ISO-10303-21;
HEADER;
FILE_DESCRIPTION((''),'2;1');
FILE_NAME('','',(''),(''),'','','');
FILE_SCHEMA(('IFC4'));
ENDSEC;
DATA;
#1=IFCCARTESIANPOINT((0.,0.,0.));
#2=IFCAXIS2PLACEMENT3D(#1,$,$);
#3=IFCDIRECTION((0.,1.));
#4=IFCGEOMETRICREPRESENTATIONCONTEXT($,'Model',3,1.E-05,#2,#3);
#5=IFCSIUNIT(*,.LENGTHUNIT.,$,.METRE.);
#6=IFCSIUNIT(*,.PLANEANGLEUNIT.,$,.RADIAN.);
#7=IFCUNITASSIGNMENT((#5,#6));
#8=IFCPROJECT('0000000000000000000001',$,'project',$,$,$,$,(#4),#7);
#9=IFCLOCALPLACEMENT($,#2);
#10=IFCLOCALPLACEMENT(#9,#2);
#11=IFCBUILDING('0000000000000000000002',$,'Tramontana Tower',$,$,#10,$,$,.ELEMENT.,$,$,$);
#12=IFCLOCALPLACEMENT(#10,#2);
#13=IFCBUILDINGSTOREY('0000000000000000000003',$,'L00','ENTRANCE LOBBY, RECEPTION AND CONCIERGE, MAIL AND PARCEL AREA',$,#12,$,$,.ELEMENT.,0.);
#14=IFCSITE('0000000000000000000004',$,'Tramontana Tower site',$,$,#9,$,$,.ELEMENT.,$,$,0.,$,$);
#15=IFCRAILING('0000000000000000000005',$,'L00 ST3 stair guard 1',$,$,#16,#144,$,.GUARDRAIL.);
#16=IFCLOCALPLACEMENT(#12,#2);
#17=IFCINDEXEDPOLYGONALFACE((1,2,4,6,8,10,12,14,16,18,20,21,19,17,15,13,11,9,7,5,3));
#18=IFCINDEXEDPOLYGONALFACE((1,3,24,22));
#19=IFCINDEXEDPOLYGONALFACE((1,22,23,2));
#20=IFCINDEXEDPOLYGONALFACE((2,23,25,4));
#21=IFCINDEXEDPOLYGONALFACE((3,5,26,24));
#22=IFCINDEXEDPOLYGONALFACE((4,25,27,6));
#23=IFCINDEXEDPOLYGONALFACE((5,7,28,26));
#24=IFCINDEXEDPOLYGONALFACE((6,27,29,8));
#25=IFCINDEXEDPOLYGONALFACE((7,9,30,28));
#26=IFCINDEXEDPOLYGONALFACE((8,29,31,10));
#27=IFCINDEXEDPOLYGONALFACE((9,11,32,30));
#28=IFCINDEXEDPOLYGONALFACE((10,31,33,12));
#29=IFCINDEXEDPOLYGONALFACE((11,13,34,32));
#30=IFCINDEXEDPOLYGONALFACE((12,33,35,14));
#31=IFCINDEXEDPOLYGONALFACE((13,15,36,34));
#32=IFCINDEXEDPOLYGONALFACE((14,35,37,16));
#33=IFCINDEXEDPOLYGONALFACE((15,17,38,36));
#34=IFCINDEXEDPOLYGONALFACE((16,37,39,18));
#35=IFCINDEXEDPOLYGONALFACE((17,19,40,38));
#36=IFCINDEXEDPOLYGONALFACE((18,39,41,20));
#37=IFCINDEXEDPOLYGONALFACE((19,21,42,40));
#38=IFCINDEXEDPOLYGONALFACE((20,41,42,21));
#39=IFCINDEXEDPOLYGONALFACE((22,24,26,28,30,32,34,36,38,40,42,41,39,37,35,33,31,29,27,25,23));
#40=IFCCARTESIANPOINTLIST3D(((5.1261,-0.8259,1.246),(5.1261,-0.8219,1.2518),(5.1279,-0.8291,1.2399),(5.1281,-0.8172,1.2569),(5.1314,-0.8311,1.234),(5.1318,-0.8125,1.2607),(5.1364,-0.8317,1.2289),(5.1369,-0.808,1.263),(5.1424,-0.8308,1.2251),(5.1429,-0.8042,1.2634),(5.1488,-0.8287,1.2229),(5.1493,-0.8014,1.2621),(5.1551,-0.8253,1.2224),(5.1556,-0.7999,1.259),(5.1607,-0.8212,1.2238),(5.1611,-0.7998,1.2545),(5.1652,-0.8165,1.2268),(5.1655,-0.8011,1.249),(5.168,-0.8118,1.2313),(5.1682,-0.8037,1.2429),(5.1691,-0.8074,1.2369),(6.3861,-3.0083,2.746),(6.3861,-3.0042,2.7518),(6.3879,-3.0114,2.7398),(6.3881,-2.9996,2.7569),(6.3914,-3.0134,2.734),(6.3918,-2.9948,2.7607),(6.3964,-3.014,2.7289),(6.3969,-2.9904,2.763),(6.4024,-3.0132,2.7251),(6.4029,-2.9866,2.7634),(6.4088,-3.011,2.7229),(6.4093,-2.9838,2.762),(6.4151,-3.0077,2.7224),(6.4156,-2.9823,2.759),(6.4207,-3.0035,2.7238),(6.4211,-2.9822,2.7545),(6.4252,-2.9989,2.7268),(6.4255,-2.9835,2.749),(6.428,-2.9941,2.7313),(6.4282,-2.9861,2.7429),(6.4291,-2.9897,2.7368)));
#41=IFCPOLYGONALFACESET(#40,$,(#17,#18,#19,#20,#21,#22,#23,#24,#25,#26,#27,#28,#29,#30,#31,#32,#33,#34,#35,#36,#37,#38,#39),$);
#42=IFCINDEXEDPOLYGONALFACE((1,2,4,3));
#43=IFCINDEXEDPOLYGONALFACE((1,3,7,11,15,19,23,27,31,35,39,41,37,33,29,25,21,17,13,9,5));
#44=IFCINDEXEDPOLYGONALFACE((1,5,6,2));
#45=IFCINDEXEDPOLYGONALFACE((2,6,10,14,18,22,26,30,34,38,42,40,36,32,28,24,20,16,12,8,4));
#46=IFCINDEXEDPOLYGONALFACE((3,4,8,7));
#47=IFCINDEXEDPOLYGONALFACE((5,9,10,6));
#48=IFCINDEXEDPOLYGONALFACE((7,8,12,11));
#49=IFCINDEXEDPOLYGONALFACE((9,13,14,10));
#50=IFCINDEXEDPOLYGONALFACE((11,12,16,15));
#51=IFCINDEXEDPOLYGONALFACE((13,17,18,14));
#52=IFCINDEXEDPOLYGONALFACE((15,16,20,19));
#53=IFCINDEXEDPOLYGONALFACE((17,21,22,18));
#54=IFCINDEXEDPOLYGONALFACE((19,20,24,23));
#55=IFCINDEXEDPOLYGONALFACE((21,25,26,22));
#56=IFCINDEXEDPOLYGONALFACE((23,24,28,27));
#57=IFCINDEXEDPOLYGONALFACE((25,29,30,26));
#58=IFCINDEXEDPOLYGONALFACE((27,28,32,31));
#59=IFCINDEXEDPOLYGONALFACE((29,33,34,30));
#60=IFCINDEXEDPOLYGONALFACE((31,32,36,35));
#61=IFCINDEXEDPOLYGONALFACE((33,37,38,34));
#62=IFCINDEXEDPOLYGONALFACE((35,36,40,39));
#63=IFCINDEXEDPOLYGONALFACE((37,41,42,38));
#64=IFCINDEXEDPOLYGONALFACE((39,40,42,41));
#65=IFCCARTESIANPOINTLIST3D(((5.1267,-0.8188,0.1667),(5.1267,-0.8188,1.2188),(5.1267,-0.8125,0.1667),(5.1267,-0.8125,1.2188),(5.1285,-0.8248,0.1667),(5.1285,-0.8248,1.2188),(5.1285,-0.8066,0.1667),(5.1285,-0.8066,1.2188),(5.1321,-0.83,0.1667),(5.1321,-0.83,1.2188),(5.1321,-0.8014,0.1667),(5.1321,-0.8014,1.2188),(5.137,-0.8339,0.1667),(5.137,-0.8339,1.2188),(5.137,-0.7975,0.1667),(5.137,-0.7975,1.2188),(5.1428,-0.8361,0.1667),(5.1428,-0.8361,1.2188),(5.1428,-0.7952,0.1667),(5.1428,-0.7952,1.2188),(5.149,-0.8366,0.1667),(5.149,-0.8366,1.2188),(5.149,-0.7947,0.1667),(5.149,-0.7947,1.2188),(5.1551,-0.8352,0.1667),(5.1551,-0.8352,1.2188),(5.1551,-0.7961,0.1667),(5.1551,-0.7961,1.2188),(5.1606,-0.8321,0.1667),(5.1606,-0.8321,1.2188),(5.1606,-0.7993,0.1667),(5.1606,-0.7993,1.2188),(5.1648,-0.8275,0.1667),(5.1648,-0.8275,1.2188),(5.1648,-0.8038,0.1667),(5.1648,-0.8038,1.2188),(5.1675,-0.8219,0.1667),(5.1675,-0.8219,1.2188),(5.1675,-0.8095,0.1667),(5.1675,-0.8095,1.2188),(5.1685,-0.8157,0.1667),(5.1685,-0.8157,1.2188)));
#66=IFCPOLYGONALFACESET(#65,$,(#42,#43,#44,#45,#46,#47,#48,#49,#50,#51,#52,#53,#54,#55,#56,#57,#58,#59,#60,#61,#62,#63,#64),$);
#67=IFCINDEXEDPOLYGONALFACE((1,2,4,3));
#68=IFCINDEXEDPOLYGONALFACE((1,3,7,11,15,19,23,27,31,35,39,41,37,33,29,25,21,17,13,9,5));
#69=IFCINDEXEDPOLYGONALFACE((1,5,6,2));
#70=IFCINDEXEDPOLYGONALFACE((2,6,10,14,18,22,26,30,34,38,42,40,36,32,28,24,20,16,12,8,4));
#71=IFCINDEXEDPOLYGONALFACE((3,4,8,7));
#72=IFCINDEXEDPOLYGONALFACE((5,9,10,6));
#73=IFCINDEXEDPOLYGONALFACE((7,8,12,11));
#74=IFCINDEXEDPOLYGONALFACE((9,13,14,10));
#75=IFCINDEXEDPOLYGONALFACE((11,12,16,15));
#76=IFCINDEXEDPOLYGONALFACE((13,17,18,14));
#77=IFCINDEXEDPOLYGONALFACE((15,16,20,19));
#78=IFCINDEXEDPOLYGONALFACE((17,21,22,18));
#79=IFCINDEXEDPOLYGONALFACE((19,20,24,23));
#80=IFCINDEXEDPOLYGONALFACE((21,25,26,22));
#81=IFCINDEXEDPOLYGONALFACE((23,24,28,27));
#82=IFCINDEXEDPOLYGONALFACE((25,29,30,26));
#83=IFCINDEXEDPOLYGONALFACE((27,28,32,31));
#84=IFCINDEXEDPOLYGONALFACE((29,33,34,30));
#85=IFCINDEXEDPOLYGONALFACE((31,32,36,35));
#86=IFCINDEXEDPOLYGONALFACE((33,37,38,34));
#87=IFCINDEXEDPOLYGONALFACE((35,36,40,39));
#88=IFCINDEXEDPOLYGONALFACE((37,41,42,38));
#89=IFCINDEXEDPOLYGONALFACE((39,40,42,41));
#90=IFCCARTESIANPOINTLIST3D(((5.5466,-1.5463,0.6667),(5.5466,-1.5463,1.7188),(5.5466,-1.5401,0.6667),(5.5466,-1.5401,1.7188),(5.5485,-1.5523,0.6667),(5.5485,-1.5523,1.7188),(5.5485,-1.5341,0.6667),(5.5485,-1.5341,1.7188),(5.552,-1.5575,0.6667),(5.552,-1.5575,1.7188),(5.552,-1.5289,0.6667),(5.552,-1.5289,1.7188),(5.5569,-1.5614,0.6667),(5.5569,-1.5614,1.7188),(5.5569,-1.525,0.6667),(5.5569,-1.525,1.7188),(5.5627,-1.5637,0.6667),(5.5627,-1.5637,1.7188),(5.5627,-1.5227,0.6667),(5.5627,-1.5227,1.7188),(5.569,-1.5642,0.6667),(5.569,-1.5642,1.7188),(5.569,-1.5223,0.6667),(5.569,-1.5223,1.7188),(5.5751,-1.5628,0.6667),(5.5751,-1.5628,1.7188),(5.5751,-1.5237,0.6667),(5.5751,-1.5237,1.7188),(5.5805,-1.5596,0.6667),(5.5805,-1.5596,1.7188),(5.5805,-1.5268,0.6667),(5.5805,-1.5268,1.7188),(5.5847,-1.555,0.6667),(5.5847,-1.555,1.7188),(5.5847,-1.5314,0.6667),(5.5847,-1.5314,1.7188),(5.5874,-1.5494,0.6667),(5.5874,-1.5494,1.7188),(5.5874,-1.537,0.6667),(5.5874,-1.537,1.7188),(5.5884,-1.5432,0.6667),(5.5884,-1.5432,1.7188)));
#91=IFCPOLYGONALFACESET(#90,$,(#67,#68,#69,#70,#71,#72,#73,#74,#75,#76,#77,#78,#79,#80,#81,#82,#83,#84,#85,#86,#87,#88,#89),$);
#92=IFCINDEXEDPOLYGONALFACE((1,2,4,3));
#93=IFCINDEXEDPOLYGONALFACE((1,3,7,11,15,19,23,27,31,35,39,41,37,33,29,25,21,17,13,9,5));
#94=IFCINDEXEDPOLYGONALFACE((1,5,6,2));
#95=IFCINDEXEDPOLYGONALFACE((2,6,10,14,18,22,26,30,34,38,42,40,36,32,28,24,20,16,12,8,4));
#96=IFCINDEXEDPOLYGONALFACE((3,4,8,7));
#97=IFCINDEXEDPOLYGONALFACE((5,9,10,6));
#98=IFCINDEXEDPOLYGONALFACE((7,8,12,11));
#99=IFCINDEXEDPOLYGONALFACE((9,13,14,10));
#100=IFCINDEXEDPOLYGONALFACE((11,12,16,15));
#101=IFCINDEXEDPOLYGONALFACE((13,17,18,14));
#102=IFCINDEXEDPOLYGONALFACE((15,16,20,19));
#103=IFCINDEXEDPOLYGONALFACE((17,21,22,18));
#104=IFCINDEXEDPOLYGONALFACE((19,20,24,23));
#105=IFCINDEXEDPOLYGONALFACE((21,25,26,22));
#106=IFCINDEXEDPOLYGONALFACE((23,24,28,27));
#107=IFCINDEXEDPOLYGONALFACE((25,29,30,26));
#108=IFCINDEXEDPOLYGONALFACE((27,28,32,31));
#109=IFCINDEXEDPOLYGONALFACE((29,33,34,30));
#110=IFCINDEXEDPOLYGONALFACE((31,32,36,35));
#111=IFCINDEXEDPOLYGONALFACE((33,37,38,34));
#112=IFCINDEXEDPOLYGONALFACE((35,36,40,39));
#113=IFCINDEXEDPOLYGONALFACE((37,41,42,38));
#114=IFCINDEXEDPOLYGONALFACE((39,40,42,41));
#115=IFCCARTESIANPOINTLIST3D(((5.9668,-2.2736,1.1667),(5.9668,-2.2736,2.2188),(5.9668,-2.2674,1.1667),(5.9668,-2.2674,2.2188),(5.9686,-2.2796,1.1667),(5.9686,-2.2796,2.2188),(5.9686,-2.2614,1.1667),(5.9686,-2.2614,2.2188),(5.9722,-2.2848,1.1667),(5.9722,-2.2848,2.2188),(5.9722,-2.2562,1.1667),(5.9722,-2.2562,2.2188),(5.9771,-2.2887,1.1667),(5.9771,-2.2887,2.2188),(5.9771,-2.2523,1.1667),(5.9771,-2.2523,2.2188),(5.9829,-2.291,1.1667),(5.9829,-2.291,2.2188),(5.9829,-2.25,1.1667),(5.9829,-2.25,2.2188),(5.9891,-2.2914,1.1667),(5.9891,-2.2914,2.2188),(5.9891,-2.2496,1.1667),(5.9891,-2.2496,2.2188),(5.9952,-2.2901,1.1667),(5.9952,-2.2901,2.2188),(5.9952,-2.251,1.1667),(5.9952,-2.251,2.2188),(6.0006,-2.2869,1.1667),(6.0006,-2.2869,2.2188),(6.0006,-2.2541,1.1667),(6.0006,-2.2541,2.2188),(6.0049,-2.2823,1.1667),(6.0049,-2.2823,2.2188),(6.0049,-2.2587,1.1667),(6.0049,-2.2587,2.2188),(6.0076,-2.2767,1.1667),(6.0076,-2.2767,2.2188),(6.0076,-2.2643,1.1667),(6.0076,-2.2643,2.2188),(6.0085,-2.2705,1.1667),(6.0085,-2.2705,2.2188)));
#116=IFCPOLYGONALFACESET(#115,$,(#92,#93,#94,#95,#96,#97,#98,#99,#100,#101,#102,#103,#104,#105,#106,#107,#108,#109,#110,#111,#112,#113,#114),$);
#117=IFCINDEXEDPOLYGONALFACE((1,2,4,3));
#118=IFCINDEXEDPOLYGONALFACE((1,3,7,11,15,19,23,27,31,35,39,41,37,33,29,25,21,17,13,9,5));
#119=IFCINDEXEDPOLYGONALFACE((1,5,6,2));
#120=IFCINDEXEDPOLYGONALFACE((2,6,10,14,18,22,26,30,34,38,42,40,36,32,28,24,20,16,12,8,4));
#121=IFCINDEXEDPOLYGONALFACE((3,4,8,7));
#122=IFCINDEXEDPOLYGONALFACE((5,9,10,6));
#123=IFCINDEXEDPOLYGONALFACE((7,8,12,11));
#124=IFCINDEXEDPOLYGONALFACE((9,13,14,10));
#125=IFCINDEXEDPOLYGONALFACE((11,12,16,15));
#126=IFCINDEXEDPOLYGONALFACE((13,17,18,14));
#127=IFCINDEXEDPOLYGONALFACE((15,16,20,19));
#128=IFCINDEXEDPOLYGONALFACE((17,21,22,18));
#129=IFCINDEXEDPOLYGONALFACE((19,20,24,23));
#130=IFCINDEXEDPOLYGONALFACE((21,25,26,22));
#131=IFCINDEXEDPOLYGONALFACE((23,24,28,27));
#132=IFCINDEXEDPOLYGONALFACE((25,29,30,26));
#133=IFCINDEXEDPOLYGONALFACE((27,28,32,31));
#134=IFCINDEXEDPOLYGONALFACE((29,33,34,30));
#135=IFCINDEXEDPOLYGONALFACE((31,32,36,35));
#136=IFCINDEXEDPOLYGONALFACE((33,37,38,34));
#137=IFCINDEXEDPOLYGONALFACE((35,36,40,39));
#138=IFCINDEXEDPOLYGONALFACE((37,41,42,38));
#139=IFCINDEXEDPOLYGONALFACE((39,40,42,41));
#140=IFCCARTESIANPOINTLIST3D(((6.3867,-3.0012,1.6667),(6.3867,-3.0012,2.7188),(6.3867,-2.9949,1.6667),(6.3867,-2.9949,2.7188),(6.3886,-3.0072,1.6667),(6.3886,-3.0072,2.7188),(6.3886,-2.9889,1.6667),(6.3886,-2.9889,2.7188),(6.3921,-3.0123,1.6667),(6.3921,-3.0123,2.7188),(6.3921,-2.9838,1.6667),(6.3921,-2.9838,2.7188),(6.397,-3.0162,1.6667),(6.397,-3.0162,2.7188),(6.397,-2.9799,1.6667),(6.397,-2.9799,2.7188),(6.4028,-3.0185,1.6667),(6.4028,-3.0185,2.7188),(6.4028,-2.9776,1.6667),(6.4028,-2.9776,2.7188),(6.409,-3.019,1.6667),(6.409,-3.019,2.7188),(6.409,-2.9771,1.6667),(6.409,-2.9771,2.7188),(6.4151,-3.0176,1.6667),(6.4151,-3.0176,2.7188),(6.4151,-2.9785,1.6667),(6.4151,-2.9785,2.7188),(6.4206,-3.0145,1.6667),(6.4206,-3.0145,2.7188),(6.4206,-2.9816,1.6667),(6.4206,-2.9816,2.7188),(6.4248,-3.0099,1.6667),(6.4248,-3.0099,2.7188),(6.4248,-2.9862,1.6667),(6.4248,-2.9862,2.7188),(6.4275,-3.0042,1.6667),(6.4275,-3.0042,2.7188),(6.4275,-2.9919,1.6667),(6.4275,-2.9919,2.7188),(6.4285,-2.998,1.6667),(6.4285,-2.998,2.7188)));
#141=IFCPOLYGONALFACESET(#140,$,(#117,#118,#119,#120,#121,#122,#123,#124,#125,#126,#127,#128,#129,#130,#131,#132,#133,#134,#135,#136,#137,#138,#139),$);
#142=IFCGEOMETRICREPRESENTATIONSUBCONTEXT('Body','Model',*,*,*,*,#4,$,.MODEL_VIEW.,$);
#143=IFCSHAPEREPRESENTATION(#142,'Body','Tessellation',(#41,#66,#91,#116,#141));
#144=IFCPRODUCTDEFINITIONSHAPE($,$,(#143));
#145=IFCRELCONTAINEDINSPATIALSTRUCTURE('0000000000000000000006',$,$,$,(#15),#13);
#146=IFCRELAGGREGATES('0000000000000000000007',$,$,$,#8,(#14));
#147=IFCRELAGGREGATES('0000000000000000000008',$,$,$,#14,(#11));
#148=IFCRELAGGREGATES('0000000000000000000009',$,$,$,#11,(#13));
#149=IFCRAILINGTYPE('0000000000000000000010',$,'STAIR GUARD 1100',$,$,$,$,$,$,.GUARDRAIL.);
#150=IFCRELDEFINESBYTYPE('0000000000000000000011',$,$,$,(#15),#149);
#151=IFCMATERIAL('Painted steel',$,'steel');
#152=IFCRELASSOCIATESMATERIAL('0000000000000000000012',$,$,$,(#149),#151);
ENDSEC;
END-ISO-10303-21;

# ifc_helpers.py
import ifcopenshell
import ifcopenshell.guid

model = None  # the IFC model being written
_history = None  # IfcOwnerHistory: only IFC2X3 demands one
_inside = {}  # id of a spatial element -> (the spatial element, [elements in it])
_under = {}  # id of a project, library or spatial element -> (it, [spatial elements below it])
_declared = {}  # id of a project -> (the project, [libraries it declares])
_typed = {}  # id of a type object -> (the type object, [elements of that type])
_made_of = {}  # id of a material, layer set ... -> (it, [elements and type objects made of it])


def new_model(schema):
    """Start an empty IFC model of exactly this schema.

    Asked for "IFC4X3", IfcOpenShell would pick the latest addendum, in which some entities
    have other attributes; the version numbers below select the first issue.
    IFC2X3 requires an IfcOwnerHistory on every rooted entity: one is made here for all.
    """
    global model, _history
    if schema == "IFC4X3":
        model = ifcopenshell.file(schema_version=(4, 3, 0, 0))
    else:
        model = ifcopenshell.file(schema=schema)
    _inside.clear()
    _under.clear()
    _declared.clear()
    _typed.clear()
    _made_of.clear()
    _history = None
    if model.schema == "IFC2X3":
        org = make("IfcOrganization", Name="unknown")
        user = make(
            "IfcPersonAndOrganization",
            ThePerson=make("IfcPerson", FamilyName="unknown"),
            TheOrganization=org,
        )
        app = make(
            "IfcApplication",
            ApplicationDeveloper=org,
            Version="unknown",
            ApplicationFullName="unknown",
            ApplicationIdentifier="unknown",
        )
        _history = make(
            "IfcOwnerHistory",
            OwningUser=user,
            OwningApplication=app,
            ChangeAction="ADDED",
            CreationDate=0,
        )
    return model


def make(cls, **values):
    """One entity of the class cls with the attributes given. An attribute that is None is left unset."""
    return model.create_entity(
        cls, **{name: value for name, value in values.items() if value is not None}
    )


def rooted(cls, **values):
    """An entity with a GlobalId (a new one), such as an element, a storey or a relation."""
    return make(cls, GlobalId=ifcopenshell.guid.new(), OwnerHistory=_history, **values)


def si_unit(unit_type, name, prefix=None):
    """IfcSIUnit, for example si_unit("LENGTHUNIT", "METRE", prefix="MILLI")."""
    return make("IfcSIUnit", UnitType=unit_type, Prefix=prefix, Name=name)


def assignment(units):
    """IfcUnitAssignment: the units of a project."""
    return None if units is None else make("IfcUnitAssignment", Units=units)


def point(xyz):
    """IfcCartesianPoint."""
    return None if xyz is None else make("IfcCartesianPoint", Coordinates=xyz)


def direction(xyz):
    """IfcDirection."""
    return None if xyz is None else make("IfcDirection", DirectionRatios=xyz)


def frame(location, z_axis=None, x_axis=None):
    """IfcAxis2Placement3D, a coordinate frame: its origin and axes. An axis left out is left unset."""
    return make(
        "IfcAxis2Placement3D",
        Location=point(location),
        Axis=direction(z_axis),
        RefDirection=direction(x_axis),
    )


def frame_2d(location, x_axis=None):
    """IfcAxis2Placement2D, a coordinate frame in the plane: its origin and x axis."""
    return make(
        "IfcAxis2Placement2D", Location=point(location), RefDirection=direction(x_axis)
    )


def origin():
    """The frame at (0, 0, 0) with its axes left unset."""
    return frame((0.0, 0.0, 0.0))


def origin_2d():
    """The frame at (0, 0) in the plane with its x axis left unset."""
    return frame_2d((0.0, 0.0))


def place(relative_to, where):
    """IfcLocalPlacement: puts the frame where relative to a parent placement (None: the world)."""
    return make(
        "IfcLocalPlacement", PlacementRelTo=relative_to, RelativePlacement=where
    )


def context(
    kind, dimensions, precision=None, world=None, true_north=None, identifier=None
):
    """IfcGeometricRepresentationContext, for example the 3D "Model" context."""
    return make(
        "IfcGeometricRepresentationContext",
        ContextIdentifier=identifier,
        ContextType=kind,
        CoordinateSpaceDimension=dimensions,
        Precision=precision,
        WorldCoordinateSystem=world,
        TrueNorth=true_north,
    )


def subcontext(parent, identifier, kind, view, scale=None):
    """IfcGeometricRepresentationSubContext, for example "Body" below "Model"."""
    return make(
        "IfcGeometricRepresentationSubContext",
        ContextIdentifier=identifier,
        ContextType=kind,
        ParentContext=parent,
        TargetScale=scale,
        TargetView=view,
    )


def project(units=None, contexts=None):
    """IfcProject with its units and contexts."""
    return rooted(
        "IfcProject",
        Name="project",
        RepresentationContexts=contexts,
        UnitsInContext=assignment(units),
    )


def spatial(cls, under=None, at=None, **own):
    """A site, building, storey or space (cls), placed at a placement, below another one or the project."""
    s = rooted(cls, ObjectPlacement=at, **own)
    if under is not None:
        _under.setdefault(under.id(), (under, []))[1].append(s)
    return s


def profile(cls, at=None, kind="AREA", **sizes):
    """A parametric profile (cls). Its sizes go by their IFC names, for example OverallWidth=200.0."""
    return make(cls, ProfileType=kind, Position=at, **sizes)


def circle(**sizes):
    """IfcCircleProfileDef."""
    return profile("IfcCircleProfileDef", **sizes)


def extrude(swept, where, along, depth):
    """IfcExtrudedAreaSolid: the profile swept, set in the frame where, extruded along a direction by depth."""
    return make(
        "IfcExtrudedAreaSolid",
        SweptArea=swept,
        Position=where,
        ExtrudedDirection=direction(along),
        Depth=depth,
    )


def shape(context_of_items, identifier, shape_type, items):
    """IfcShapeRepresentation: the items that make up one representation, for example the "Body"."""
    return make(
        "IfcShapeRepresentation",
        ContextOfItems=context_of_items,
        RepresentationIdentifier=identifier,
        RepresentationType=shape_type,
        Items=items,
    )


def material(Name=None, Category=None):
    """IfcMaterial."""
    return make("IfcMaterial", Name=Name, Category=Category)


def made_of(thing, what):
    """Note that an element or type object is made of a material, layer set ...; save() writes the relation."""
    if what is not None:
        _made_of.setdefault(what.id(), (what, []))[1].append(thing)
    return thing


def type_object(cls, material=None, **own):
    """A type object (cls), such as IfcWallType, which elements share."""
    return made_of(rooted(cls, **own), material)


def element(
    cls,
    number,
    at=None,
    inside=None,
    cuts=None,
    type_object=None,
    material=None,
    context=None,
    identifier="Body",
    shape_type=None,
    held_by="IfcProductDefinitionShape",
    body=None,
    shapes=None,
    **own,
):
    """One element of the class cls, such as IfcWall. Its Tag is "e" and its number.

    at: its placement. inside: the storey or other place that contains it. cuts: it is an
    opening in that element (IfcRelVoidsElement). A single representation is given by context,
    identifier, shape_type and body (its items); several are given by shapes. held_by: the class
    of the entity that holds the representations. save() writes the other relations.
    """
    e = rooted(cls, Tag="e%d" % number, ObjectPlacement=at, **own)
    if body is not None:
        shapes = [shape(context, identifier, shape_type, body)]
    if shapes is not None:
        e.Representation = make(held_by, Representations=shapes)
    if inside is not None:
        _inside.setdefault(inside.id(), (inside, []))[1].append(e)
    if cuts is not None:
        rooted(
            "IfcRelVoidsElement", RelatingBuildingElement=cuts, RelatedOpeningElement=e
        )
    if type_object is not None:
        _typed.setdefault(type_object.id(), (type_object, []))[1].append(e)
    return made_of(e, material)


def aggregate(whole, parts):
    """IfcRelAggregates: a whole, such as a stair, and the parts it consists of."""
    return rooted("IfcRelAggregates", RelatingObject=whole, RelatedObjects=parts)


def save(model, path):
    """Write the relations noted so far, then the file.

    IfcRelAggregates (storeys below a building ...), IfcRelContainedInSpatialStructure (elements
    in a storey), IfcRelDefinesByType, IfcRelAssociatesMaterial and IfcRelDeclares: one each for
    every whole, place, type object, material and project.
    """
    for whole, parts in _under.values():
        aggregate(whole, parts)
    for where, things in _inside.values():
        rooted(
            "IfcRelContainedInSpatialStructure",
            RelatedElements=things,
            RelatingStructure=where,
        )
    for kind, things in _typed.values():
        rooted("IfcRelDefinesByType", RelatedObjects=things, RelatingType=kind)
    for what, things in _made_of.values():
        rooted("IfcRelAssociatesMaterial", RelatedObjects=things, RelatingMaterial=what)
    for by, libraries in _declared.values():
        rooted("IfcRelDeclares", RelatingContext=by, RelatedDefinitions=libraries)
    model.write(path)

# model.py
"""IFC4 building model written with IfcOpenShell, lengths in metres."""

from ifc_helpers import new_model, si_unit, direction, frame, origin, origin_2d, place, context, subcontext, project, spatial, circle, extrude, material, type_object, element, save


model = new_model("IFC4")

# Units and contexts
model_context = context("Model", 3, precision=1e-05, world=origin(), true_north=direction((0.0, 1.0)))
body_context = subcontext(model_context, "Body", "Model", "MODEL_VIEW")
ifc_project = project(units=[si_unit("LENGTHUNIT", "METRE"), si_unit("PLANEANGLEUNIT", "RADIAN")], contexts=[model_context])

# Site, building, storey
site_placement = place(None, origin())
site = spatial("IfcSite", under=ifc_project, at=site_placement, Name="Tramontana Tower site", CompositionType="ELEMENT", RefElevation=0.0)
building_placement = place(site_placement, origin())
building = spatial("IfcBuilding", under=site, at=building_placement, Name="Tramontana Tower", CompositionType="ELEMENT")
storey_placement = place(building_placement, origin())
storey = spatial("IfcBuildingStorey", under=building, at=storey_placement, Name="L00", Description="ENTRANCE LOBBY, RECEPTION AND CONCIERGE, MAIL AND PARCEL AREA", CompositionType="ELEMENT", Elevation=0.0)

# Railing
ifc_material_1 = material(Name="Painted steel", Category="steel")
railing_type = type_object("IfcRailingType", Name="STAIR GUARD 1100", PredefinedType="GUARDRAIL", material=ifc_material_1)
for number, where, name in (
    (1, (5.1475, -0.8157, 0.1667), "L00 ST3 stair guard 1"),
):
    element("IfcRailing", number, at=place(storey_placement, frame(where)), inside=storey, type_object=railing_type, Name=name, PredefinedType="GUARDRAIL", context=body_context, shape_type="SweptSolid", body=[
        extrude(circle(Radius=0.0239, at=origin_2d()), frame((0.0, 0.0, 1.0762), z_axis=(0.42965, -0.744167, 0.511485), x_axis=(0.866023, 0.500005, 0.0)), (0.0, 0.0, 1.0), 2.9326),
        extrude(circle(Radius=0.021, at=origin_2d()), origin(), (0.0, 0.0, 1.0), 1.052),
        extrude(circle(Radius=0.021, at=origin_2d()), frame((0.4199, -0.7275, 0.5)), (0.0, 0.0, 1.0), 1.052),
        extrude(circle(Radius=0.021, at=origin_2d()), frame((0.8401, -1.4548, 1.0)), (0.0, 0.0, 1.0), 1.052),
        extrude(circle(Radius=0.021, at=origin_2d()), frame((1.26, -2.1824, 1.5)), (0.0, 0.0, 1.0), 1.052),
    ])

save(model, "model.ifc")
